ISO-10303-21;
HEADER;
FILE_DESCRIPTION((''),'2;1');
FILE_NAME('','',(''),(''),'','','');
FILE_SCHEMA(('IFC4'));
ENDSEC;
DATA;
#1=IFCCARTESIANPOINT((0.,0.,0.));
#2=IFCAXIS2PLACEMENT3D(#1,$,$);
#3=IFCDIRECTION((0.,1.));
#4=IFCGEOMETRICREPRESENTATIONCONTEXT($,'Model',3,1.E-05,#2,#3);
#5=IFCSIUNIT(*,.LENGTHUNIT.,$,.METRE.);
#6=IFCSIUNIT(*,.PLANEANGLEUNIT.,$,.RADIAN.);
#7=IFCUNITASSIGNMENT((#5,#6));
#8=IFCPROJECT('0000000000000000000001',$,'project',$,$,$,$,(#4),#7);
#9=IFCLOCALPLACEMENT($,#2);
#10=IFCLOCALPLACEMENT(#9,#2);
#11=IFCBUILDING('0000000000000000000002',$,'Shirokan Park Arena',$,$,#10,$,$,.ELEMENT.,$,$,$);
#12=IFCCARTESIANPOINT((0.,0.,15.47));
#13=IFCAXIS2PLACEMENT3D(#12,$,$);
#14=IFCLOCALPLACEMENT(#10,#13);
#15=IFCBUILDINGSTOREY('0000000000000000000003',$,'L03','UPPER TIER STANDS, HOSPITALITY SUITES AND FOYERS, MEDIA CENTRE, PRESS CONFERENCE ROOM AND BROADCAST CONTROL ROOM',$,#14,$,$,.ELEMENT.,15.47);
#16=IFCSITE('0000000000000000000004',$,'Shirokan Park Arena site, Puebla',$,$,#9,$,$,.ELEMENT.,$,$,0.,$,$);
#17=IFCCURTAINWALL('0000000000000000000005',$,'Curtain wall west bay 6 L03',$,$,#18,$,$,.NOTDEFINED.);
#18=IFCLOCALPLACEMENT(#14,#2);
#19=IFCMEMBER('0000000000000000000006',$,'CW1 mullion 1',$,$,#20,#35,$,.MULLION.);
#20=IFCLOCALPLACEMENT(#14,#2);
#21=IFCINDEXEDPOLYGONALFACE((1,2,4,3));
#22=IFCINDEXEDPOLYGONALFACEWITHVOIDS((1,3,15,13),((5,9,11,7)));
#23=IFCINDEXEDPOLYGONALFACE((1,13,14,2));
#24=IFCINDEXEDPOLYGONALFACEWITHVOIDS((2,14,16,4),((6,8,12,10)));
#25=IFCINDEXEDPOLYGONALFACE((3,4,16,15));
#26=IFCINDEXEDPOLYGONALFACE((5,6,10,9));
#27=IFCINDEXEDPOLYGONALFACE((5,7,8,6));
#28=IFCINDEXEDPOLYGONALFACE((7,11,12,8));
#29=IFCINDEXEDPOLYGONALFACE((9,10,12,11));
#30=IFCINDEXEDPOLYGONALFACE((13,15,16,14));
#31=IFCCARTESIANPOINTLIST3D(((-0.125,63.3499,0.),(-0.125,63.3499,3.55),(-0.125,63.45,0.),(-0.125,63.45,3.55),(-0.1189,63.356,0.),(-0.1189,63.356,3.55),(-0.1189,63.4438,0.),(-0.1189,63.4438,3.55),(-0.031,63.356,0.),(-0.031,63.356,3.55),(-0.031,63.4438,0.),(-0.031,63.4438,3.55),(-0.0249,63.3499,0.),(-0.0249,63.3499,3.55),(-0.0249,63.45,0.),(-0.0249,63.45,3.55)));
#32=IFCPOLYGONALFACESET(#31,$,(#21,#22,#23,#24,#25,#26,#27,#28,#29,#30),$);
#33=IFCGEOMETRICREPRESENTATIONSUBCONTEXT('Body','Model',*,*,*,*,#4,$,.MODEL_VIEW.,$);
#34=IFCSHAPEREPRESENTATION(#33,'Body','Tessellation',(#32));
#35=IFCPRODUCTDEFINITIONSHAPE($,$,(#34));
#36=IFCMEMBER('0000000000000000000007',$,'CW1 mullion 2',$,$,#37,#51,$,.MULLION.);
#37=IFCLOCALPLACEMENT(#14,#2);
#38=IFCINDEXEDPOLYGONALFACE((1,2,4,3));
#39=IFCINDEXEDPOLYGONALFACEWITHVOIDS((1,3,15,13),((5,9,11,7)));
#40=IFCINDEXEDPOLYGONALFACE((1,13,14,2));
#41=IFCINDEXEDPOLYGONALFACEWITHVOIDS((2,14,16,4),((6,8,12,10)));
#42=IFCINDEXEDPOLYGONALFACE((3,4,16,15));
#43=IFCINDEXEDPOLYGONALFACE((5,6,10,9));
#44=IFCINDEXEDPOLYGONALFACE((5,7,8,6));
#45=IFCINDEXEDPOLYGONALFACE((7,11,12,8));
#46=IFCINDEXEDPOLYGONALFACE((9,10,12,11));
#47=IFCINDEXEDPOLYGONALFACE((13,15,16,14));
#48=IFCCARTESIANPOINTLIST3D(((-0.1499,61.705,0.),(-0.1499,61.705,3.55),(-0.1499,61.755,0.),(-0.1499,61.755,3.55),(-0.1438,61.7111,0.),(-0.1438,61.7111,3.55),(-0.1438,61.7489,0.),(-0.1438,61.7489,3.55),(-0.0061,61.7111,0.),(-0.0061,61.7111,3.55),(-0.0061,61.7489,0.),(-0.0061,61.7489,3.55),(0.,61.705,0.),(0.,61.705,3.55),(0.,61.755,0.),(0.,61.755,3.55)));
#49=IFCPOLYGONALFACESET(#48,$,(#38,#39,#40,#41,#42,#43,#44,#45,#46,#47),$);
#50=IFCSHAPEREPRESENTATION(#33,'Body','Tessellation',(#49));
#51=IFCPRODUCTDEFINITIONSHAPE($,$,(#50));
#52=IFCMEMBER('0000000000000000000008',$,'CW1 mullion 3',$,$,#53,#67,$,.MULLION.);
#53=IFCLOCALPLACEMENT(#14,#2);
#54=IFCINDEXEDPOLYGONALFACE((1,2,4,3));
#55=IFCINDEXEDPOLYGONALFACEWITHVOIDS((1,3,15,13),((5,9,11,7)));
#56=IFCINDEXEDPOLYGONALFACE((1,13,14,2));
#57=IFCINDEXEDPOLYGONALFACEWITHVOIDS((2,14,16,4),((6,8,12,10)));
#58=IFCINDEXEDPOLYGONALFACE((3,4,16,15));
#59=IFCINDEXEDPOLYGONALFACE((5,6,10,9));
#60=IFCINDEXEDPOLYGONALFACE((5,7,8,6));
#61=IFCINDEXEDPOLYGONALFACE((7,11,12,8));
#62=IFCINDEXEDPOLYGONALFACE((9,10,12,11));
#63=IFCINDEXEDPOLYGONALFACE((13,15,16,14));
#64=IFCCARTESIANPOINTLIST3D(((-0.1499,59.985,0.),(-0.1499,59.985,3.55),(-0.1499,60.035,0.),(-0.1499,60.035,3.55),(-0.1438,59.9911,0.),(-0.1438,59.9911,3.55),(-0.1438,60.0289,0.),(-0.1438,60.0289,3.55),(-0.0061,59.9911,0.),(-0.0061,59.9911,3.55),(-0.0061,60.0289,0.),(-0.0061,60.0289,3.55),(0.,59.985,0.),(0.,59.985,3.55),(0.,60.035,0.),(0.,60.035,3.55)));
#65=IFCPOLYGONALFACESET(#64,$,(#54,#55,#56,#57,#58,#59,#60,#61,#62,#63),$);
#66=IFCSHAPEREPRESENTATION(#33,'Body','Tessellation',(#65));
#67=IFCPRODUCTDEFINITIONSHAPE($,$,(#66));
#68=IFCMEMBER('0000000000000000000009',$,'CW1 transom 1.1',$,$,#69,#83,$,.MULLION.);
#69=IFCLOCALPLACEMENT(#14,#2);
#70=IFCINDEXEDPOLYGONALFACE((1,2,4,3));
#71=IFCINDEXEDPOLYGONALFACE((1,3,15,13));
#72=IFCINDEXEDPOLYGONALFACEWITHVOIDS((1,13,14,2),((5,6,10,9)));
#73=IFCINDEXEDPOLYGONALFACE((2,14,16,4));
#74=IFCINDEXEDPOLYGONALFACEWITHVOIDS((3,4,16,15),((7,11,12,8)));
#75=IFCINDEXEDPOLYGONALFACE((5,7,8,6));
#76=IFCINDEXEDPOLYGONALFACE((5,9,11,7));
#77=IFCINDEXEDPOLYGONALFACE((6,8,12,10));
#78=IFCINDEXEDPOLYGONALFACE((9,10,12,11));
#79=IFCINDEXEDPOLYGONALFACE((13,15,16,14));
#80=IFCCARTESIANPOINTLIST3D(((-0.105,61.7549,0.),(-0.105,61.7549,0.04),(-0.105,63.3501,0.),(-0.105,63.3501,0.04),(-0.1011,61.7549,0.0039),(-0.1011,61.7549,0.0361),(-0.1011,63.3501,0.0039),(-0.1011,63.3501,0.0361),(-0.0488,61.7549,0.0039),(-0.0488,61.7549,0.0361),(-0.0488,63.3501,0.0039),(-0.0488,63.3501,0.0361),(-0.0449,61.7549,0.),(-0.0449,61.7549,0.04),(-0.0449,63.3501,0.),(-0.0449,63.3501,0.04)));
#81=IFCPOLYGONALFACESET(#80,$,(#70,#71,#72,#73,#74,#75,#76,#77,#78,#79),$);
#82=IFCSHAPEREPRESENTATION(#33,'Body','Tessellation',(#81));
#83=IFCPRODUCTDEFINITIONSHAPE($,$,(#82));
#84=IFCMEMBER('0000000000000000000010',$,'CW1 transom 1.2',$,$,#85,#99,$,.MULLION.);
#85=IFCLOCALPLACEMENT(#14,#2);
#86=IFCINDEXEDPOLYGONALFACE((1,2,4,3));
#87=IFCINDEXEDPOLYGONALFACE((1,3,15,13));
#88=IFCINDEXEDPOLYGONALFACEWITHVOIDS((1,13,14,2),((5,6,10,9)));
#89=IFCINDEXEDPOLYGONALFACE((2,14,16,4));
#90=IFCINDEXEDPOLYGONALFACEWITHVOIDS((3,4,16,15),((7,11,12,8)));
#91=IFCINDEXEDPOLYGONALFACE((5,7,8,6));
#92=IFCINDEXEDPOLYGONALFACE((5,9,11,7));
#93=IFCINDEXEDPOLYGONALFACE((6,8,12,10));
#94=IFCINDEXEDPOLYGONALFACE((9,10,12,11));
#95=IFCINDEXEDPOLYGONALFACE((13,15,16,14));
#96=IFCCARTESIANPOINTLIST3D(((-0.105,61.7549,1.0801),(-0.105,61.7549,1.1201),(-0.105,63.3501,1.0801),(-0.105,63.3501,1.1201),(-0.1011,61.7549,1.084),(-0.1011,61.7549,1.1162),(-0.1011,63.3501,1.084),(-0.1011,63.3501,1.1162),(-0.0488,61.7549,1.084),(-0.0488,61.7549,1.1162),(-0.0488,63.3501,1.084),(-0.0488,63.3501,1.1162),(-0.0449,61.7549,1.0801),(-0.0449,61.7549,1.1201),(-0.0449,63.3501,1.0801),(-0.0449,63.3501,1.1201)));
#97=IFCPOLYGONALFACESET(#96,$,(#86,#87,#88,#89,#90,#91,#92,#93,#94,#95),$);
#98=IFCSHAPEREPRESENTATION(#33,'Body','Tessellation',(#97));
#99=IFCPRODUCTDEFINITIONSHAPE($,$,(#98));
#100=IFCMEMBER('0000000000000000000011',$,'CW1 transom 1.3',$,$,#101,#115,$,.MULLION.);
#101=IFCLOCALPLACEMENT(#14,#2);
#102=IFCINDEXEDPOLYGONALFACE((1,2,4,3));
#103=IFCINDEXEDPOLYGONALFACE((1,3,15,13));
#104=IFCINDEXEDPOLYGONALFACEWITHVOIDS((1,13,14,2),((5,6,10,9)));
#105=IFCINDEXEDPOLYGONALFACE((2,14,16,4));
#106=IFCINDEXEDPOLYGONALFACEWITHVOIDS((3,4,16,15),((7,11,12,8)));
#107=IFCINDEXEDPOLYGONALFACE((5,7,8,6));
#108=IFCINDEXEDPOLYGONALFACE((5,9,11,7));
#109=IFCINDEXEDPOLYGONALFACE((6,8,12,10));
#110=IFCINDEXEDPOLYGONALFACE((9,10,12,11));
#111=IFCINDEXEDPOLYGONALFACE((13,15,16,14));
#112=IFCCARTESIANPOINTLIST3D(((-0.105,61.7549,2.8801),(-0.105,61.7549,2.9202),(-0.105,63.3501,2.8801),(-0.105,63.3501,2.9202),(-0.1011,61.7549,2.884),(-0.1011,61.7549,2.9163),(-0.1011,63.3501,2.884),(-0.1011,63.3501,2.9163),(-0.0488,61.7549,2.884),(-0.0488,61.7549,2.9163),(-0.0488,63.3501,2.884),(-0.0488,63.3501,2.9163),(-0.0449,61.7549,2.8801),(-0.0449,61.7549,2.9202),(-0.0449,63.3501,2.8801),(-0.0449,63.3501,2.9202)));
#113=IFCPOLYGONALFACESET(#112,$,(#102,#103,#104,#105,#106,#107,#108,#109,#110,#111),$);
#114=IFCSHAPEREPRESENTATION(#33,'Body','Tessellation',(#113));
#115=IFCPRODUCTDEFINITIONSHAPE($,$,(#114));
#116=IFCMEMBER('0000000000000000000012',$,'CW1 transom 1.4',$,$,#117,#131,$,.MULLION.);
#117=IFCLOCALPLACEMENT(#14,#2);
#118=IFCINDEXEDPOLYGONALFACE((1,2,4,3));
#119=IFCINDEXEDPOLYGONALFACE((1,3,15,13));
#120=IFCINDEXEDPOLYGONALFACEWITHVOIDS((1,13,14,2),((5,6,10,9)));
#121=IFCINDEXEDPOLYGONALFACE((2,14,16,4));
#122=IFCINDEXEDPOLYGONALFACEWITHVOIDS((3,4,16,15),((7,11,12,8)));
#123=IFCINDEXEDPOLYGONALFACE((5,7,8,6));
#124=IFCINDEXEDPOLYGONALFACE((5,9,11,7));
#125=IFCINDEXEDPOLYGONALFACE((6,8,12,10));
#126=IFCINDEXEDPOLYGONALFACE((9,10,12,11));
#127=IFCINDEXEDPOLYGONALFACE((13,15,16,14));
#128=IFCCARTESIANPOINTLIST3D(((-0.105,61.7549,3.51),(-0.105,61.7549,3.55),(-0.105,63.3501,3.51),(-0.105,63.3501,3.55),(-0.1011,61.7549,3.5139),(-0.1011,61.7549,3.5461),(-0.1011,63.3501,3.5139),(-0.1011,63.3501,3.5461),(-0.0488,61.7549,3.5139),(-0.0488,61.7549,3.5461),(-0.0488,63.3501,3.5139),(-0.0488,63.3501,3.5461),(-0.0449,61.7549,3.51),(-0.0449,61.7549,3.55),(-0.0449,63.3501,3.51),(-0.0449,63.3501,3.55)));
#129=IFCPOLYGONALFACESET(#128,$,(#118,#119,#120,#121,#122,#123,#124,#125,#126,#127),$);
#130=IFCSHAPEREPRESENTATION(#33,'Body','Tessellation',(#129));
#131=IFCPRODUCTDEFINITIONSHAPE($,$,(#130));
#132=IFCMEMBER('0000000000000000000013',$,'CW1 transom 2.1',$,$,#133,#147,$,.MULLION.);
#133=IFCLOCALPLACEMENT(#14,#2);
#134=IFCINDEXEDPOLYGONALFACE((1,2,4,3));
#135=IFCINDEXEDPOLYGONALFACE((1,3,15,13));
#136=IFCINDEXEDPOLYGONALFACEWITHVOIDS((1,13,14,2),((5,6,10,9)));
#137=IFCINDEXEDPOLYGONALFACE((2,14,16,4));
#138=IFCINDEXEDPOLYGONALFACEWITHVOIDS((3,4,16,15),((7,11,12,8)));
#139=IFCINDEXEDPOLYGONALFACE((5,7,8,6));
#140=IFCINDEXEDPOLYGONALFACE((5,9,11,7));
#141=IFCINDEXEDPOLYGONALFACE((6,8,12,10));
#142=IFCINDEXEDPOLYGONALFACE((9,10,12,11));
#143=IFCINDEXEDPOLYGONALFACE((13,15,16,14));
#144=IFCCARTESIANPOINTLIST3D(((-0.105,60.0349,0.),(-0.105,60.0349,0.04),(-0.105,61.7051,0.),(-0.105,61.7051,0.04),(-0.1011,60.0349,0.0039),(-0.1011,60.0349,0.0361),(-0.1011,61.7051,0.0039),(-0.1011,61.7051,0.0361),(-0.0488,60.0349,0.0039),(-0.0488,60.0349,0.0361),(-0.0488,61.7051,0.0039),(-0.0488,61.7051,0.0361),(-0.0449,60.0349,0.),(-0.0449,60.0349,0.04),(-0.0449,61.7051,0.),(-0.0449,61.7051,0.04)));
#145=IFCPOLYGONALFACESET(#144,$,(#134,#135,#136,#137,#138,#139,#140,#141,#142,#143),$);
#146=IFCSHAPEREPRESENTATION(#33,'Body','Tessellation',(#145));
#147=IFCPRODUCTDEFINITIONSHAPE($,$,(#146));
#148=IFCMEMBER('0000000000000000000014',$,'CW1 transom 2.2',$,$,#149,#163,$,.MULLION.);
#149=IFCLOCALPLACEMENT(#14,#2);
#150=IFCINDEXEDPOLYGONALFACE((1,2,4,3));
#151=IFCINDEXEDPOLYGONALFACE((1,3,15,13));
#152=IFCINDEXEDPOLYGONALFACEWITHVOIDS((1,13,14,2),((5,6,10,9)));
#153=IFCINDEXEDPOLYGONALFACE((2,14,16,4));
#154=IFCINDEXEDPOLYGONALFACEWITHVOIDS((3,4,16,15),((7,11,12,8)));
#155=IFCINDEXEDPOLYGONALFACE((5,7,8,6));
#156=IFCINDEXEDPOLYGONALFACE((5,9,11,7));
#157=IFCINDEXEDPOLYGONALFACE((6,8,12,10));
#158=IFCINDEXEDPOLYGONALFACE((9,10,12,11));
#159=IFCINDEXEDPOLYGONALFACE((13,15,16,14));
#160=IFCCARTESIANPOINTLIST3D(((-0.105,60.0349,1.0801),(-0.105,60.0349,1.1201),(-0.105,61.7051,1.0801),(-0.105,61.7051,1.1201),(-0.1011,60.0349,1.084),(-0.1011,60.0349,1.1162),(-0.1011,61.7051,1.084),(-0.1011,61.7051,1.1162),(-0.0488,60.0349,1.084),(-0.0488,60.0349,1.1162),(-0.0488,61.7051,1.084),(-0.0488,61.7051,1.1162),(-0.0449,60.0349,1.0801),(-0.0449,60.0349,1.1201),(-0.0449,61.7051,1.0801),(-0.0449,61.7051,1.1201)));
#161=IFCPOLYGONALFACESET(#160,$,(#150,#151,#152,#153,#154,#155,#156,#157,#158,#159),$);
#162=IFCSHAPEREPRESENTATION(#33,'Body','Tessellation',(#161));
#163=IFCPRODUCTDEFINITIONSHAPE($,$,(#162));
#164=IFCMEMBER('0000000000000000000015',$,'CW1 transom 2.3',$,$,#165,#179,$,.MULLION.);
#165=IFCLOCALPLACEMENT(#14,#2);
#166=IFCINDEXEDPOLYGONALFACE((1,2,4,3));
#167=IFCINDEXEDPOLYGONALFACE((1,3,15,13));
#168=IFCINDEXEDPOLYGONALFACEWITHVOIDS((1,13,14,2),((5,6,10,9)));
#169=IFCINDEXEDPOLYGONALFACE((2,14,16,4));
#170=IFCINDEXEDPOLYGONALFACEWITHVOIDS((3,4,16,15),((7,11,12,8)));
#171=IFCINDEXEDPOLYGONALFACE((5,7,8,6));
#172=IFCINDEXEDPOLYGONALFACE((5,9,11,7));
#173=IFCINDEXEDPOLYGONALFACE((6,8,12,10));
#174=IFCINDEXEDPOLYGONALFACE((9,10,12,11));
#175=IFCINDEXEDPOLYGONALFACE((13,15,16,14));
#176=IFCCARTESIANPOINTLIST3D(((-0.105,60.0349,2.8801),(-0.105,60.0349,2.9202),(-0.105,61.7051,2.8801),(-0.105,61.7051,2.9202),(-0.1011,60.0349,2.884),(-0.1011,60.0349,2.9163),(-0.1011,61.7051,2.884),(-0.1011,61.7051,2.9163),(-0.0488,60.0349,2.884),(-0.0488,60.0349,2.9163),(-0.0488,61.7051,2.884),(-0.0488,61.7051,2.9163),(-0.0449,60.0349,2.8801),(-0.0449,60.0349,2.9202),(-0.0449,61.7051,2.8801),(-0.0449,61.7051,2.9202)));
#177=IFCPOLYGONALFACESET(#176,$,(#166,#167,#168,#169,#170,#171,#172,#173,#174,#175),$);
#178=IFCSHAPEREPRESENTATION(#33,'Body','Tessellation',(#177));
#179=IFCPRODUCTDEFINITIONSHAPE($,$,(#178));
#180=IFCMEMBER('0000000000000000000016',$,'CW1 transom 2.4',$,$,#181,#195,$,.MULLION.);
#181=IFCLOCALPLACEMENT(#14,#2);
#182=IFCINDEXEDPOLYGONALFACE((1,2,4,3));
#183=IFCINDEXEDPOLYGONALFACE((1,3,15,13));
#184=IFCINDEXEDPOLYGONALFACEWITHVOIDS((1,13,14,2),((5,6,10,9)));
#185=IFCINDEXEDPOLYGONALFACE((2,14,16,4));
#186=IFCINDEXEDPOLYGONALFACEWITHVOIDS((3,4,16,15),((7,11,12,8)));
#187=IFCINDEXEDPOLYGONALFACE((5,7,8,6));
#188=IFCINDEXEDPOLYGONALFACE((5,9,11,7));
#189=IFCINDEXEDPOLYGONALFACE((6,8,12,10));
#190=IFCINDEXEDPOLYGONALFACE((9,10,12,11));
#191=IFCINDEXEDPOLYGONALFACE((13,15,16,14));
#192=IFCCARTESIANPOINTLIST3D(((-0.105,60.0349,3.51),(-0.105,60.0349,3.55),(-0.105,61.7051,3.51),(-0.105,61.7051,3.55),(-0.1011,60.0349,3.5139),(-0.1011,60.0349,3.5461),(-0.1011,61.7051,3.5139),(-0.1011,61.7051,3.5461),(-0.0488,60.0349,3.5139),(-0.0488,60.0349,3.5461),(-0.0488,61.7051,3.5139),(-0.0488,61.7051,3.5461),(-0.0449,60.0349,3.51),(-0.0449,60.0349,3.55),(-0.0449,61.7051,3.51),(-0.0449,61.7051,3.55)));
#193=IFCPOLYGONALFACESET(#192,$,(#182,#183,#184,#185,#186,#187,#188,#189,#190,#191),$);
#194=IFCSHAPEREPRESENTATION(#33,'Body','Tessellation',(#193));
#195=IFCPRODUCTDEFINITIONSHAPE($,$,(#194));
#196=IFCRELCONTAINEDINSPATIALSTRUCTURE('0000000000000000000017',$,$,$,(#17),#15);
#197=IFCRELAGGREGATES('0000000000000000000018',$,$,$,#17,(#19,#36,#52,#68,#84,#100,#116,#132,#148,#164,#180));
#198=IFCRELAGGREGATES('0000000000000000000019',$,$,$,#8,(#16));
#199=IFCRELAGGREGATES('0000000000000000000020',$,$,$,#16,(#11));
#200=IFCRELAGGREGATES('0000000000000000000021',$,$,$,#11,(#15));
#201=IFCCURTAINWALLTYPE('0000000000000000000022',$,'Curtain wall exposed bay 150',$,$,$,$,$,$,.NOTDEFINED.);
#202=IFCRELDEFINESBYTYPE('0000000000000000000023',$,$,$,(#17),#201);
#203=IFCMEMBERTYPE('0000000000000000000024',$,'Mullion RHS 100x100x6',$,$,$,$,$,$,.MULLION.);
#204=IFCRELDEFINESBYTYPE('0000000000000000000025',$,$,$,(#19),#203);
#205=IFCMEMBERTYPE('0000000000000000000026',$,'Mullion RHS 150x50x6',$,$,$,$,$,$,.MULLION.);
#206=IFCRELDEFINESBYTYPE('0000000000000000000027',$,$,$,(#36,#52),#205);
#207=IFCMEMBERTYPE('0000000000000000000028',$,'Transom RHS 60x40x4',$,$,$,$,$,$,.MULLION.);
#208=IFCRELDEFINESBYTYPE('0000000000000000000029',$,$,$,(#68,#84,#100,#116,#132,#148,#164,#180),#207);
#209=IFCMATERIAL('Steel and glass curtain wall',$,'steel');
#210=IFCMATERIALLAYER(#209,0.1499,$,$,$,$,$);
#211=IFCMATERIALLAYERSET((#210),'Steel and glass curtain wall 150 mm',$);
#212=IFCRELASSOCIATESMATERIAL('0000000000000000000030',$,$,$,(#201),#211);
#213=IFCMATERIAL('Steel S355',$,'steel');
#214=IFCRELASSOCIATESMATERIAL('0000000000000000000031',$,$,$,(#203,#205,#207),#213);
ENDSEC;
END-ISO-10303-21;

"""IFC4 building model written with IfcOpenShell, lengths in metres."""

from ifc_helpers import new_model, si_unit, direction, frame, origin, origin_2d, place, context, subcontext, project, spatial, hollow_rectangle, extrude, material, layer, layer_set, material_profile, profile_set, type_object, element, aggregate, save


model = new_model("IFC4")

# Units and contexts
model_context = context("Model", 3, precision=1e-05, world=origin(), true_north=direction((0.0, 1.0)))
body_context = subcontext(model_context, "Body", "Model", "MODEL_VIEW")
ifc_project = project(units=[si_unit("LENGTHUNIT", "METRE"), si_unit("PLANEANGLEUNIT", "RADIAN")], contexts=[model_context])

# Site, building, storey
site_placement = place(None, origin())
site = spatial("IfcSite", under=ifc_project, at=site_placement, Name="Shirokan Park Arena site, Puebla", CompositionType="ELEMENT", RefElevation=0.0)
building_placement = place(site_placement, origin())
building = spatial("IfcBuilding", under=site, at=building_placement, Name="Shirokan Park Arena", CompositionType="ELEMENT")
storey_placement = place(building_placement, frame((0.0, 0.0, 15.47)))
storey = spatial("IfcBuildingStorey", under=building, at=storey_placement, Name="L03", Description="UPPER TIER STANDS, HOSPITALITY SUITES AND FOYERS, MEDIA CENTRE, PRESS CONFERENCE ROOM AND BROADCAST CONTROL ROOM", CompositionType="ELEMENT", Elevation=15.47)

# Curtain wall, members
ifc_material_1 = material(Name="Steel and glass curtain wall", Category="steel")
ifc_layer_1 = layer(ifc_material_1, 0.1499)
ifc_layer_set_1 = layer_set([ifc_layer_1], Name="Steel and glass curtain wall 150 mm")
curtain_wall_type = type_object("IfcCurtainWallType", Name="Curtain wall exposed bay 150", PredefinedType="NOTDEFINED", material=ifc_layer_set_1)
curtain_wall_placement = place(storey_placement, origin())
curtain_wall = element("IfcCurtainWall", 1, at=curtain_wall_placement, inside=storey, type_object=curtain_wall_type, Name="Curtain wall west bay 6 L03", PredefinedType="NOTDEFINED")
ifc_material_2 = material(Name="Steel S355", Category="steel")
ifc_material_profile_1 = material_profile(ifc_material_2, hollow_rectangle(XDim=0.1001, YDim=0.1001, WallThickness=0.0061, at=origin_2d()), Name="RHS 100x100x6")
ifc_profile_set_1 = profile_set([ifc_material_profile_1], Name="Steel S355")
member_type_1 = type_object("IfcMemberType", Name="Mullion RHS 100x100x6", PredefinedType="MULLION", material=ifc_profile_set_1)
member_1_placement = place(storey_placement, frame((-0.075, 63.3999, 0.0), z_axis=(0.0, 0.0, 1.0), x_axis=(1.0, 0.0, 0.0)))
member_1 = element("IfcMember", 2, at=member_1_placement, type_object=member_type_1, Name="CW1 mullion 1", PredefinedType="MULLION", context=body_context, shape_type="SweptSolid", body=[
    extrude(hollow_rectangle(XDim=0.1001, YDim=0.1001, WallThickness=0.0061, at=origin_2d()), origin(), (0.0, 0.0, 1.0), 3.55),
])
ifc_material_profile_2 = material_profile(ifc_material_2, hollow_rectangle(XDim=0.1499, YDim=0.05, WallThickness=0.0061, at=origin_2d()), Name="RHS 150x50x6")
ifc_profile_set_2 = profile_set([ifc_material_profile_2], Name="Steel S355")
member_type_2 = type_object("IfcMemberType", Name="Mullion RHS 150x50x6", PredefinedType="MULLION", material=ifc_profile_set_2)
member_2_placement = place(storey_placement, frame((-0.075, 61.73, 0.0), z_axis=(0.0, 0.0, 1.0), x_axis=(1.0, 0.0, 0.0)))
member_2 = element("IfcMember", 3, at=member_2_placement, type_object=member_type_2, Name="CW1 mullion 2", PredefinedType="MULLION", context=body_context, shape_type="SweptSolid", body=[
    extrude(hollow_rectangle(XDim=0.1499, YDim=0.05, WallThickness=0.0061, at=origin_2d()), origin(), (0.0, 0.0, 1.0), 3.55),
])
member_3_placement = place(storey_placement, frame((-0.075, 60.01, 0.0), z_axis=(0.0, 0.0, 1.0), x_axis=(1.0, 0.0, 0.0)))
member_3 = element("IfcMember", 4, at=member_3_placement, type_object=member_type_2, Name="CW1 mullion 3", PredefinedType="MULLION", context=body_context, shape_type="SweptSolid", body=[
    extrude(hollow_rectangle(XDim=0.1499, YDim=0.05, WallThickness=0.0061, at=origin_2d()), origin(), (0.0, 0.0, 1.0), 3.55),
])
ifc_material_profile_3 = material_profile(ifc_material_2, hollow_rectangle(XDim=0.0601, YDim=0.04, WallThickness=0.0039, at=origin_2d()), Name="RHS 60x40x4")
ifc_profile_set_3 = profile_set([ifc_material_profile_3], Name="Steel S355")
member_type_3 = type_object("IfcMemberType", Name="Transom RHS 60x40x4", PredefinedType="MULLION", material=ifc_profile_set_3)
member_4_placement = place(storey_placement, frame((-0.075, 63.3501, 0.02), z_axis=(0.0, -1.0, 0.0), x_axis=(1.0, 0.0, 0.0)))
member_4 = element("IfcMember", 5, at=member_4_placement, type_object=member_type_3, Name="CW1 transom 1.1", PredefinedType="MULLION", context=body_context, shape_type="SweptSolid", body=[
    extrude(hollow_rectangle(XDim=0.0601, YDim=0.04, WallThickness=0.0039, at=origin_2d()), origin(), (0.0, 0.0, 1.0), 1.5952),
])
member_5_placement = place(storey_placement, frame((-0.075, 63.3501, 1.1001), z_axis=(0.0, -1.0, 0.0), x_axis=(1.0, 0.0, 0.0)))
member_5 = element("IfcMember", 6, at=member_5_placement, type_object=member_type_3, Name="CW1 transom 1.2", PredefinedType="MULLION", context=body_context, shape_type="SweptSolid", body=[
    extrude(hollow_rectangle(XDim=0.0601, YDim=0.04, WallThickness=0.0039, at=origin_2d()), origin(), (0.0, 0.0, 1.0), 1.5952),
])
member_6_placement = place(storey_placement, frame((-0.075, 63.3501, 2.9001), z_axis=(0.0, -1.0, 0.0), x_axis=(1.0, 0.0, 0.0)))
member_6 = element("IfcMember", 7, at=member_6_placement, type_object=member_type_3, Name="CW1 transom 1.3", PredefinedType="MULLION", context=body_context, shape_type="SweptSolid", body=[
    extrude(hollow_rectangle(XDim=0.0601, YDim=0.04, WallThickness=0.0039, at=origin_2d()), origin(), (0.0, 0.0, 1.0), 1.5952),
])
member_7_placement = place(storey_placement, frame((-0.075, 63.3501, 3.53), z_axis=(0.0, -1.0, 0.0), x_axis=(1.0, 0.0, 0.0)))
member_7 = element("IfcMember", 8, at=member_7_placement, type_object=member_type_3, Name="CW1 transom 1.4", PredefinedType="MULLION", context=body_context, shape_type="SweptSolid", body=[
    extrude(hollow_rectangle(XDim=0.0601, YDim=0.04, WallThickness=0.0039, at=origin_2d()), origin(), (0.0, 0.0, 1.0), 1.5952),
])
member_8_placement = place(storey_placement, frame((-0.075, 61.7051, 0.02), z_axis=(0.0, -1.0, 0.0), x_axis=(1.0, 0.0, 0.0)))
member_8 = element("IfcMember", 9, at=member_8_placement, type_object=member_type_3, Name="CW1 transom 2.1", PredefinedType="MULLION", context=body_context, shape_type="SweptSolid", body=[
    extrude(hollow_rectangle(XDim=0.0601, YDim=0.04, WallThickness=0.0039, at=origin_2d()), origin(), (0.0, 0.0, 1.0), 1.6702),
])
member_9_placement = place(storey_placement, frame((-0.075, 61.7051, 1.1001), z_axis=(0.0, -1.0, 0.0), x_axis=(1.0, 0.0, 0.0)))
member_9 = element("IfcMember", 10, at=member_9_placement, type_object=member_type_3, Name="CW1 transom 2.2", PredefinedType="MULLION", context=body_context, shape_type="SweptSolid", body=[
    extrude(hollow_rectangle(XDim=0.0601, YDim=0.04, WallThickness=0.0039, at=origin_2d()), origin(), (0.0, 0.0, 1.0), 1.6702),
])
member_10_placement = place(storey_placement, frame((-0.075, 61.7051, 2.9001), z_axis=(0.0, -1.0, 0.0), x_axis=(1.0, 0.0, 0.0)))
member_10 = element("IfcMember", 11, at=member_10_placement, type_object=member_type_3, Name="CW1 transom 2.3", PredefinedType="MULLION", context=body_context, shape_type="SweptSolid", body=[
    extrude(hollow_rectangle(XDim=0.0601, YDim=0.04, WallThickness=0.0039, at=origin_2d()), origin(), (0.0, 0.0, 1.0), 1.6702),
])
member_11_placement = place(storey_placement, frame((-0.075, 61.7051, 3.53), z_axis=(0.0, -1.0, 0.0), x_axis=(1.0, 0.0, 0.0)))
member_11 = element("IfcMember", 12, at=member_11_placement, type_object=member_type_3, Name="CW1 transom 2.4", PredefinedType="MULLION", context=body_context, shape_type="SweptSolid", body=[
    extrude(hollow_rectangle(XDim=0.0601, YDim=0.04, WallThickness=0.0039, at=origin_2d()), origin(), (0.0, 0.0, 1.0), 1.6702),
])
aggregate(curtain_wall, [member_1, member_2, member_3, member_4, member_5, member_6, member_7, member_8, member_9, member_10, member_11])

save(model, "model.ifc")
